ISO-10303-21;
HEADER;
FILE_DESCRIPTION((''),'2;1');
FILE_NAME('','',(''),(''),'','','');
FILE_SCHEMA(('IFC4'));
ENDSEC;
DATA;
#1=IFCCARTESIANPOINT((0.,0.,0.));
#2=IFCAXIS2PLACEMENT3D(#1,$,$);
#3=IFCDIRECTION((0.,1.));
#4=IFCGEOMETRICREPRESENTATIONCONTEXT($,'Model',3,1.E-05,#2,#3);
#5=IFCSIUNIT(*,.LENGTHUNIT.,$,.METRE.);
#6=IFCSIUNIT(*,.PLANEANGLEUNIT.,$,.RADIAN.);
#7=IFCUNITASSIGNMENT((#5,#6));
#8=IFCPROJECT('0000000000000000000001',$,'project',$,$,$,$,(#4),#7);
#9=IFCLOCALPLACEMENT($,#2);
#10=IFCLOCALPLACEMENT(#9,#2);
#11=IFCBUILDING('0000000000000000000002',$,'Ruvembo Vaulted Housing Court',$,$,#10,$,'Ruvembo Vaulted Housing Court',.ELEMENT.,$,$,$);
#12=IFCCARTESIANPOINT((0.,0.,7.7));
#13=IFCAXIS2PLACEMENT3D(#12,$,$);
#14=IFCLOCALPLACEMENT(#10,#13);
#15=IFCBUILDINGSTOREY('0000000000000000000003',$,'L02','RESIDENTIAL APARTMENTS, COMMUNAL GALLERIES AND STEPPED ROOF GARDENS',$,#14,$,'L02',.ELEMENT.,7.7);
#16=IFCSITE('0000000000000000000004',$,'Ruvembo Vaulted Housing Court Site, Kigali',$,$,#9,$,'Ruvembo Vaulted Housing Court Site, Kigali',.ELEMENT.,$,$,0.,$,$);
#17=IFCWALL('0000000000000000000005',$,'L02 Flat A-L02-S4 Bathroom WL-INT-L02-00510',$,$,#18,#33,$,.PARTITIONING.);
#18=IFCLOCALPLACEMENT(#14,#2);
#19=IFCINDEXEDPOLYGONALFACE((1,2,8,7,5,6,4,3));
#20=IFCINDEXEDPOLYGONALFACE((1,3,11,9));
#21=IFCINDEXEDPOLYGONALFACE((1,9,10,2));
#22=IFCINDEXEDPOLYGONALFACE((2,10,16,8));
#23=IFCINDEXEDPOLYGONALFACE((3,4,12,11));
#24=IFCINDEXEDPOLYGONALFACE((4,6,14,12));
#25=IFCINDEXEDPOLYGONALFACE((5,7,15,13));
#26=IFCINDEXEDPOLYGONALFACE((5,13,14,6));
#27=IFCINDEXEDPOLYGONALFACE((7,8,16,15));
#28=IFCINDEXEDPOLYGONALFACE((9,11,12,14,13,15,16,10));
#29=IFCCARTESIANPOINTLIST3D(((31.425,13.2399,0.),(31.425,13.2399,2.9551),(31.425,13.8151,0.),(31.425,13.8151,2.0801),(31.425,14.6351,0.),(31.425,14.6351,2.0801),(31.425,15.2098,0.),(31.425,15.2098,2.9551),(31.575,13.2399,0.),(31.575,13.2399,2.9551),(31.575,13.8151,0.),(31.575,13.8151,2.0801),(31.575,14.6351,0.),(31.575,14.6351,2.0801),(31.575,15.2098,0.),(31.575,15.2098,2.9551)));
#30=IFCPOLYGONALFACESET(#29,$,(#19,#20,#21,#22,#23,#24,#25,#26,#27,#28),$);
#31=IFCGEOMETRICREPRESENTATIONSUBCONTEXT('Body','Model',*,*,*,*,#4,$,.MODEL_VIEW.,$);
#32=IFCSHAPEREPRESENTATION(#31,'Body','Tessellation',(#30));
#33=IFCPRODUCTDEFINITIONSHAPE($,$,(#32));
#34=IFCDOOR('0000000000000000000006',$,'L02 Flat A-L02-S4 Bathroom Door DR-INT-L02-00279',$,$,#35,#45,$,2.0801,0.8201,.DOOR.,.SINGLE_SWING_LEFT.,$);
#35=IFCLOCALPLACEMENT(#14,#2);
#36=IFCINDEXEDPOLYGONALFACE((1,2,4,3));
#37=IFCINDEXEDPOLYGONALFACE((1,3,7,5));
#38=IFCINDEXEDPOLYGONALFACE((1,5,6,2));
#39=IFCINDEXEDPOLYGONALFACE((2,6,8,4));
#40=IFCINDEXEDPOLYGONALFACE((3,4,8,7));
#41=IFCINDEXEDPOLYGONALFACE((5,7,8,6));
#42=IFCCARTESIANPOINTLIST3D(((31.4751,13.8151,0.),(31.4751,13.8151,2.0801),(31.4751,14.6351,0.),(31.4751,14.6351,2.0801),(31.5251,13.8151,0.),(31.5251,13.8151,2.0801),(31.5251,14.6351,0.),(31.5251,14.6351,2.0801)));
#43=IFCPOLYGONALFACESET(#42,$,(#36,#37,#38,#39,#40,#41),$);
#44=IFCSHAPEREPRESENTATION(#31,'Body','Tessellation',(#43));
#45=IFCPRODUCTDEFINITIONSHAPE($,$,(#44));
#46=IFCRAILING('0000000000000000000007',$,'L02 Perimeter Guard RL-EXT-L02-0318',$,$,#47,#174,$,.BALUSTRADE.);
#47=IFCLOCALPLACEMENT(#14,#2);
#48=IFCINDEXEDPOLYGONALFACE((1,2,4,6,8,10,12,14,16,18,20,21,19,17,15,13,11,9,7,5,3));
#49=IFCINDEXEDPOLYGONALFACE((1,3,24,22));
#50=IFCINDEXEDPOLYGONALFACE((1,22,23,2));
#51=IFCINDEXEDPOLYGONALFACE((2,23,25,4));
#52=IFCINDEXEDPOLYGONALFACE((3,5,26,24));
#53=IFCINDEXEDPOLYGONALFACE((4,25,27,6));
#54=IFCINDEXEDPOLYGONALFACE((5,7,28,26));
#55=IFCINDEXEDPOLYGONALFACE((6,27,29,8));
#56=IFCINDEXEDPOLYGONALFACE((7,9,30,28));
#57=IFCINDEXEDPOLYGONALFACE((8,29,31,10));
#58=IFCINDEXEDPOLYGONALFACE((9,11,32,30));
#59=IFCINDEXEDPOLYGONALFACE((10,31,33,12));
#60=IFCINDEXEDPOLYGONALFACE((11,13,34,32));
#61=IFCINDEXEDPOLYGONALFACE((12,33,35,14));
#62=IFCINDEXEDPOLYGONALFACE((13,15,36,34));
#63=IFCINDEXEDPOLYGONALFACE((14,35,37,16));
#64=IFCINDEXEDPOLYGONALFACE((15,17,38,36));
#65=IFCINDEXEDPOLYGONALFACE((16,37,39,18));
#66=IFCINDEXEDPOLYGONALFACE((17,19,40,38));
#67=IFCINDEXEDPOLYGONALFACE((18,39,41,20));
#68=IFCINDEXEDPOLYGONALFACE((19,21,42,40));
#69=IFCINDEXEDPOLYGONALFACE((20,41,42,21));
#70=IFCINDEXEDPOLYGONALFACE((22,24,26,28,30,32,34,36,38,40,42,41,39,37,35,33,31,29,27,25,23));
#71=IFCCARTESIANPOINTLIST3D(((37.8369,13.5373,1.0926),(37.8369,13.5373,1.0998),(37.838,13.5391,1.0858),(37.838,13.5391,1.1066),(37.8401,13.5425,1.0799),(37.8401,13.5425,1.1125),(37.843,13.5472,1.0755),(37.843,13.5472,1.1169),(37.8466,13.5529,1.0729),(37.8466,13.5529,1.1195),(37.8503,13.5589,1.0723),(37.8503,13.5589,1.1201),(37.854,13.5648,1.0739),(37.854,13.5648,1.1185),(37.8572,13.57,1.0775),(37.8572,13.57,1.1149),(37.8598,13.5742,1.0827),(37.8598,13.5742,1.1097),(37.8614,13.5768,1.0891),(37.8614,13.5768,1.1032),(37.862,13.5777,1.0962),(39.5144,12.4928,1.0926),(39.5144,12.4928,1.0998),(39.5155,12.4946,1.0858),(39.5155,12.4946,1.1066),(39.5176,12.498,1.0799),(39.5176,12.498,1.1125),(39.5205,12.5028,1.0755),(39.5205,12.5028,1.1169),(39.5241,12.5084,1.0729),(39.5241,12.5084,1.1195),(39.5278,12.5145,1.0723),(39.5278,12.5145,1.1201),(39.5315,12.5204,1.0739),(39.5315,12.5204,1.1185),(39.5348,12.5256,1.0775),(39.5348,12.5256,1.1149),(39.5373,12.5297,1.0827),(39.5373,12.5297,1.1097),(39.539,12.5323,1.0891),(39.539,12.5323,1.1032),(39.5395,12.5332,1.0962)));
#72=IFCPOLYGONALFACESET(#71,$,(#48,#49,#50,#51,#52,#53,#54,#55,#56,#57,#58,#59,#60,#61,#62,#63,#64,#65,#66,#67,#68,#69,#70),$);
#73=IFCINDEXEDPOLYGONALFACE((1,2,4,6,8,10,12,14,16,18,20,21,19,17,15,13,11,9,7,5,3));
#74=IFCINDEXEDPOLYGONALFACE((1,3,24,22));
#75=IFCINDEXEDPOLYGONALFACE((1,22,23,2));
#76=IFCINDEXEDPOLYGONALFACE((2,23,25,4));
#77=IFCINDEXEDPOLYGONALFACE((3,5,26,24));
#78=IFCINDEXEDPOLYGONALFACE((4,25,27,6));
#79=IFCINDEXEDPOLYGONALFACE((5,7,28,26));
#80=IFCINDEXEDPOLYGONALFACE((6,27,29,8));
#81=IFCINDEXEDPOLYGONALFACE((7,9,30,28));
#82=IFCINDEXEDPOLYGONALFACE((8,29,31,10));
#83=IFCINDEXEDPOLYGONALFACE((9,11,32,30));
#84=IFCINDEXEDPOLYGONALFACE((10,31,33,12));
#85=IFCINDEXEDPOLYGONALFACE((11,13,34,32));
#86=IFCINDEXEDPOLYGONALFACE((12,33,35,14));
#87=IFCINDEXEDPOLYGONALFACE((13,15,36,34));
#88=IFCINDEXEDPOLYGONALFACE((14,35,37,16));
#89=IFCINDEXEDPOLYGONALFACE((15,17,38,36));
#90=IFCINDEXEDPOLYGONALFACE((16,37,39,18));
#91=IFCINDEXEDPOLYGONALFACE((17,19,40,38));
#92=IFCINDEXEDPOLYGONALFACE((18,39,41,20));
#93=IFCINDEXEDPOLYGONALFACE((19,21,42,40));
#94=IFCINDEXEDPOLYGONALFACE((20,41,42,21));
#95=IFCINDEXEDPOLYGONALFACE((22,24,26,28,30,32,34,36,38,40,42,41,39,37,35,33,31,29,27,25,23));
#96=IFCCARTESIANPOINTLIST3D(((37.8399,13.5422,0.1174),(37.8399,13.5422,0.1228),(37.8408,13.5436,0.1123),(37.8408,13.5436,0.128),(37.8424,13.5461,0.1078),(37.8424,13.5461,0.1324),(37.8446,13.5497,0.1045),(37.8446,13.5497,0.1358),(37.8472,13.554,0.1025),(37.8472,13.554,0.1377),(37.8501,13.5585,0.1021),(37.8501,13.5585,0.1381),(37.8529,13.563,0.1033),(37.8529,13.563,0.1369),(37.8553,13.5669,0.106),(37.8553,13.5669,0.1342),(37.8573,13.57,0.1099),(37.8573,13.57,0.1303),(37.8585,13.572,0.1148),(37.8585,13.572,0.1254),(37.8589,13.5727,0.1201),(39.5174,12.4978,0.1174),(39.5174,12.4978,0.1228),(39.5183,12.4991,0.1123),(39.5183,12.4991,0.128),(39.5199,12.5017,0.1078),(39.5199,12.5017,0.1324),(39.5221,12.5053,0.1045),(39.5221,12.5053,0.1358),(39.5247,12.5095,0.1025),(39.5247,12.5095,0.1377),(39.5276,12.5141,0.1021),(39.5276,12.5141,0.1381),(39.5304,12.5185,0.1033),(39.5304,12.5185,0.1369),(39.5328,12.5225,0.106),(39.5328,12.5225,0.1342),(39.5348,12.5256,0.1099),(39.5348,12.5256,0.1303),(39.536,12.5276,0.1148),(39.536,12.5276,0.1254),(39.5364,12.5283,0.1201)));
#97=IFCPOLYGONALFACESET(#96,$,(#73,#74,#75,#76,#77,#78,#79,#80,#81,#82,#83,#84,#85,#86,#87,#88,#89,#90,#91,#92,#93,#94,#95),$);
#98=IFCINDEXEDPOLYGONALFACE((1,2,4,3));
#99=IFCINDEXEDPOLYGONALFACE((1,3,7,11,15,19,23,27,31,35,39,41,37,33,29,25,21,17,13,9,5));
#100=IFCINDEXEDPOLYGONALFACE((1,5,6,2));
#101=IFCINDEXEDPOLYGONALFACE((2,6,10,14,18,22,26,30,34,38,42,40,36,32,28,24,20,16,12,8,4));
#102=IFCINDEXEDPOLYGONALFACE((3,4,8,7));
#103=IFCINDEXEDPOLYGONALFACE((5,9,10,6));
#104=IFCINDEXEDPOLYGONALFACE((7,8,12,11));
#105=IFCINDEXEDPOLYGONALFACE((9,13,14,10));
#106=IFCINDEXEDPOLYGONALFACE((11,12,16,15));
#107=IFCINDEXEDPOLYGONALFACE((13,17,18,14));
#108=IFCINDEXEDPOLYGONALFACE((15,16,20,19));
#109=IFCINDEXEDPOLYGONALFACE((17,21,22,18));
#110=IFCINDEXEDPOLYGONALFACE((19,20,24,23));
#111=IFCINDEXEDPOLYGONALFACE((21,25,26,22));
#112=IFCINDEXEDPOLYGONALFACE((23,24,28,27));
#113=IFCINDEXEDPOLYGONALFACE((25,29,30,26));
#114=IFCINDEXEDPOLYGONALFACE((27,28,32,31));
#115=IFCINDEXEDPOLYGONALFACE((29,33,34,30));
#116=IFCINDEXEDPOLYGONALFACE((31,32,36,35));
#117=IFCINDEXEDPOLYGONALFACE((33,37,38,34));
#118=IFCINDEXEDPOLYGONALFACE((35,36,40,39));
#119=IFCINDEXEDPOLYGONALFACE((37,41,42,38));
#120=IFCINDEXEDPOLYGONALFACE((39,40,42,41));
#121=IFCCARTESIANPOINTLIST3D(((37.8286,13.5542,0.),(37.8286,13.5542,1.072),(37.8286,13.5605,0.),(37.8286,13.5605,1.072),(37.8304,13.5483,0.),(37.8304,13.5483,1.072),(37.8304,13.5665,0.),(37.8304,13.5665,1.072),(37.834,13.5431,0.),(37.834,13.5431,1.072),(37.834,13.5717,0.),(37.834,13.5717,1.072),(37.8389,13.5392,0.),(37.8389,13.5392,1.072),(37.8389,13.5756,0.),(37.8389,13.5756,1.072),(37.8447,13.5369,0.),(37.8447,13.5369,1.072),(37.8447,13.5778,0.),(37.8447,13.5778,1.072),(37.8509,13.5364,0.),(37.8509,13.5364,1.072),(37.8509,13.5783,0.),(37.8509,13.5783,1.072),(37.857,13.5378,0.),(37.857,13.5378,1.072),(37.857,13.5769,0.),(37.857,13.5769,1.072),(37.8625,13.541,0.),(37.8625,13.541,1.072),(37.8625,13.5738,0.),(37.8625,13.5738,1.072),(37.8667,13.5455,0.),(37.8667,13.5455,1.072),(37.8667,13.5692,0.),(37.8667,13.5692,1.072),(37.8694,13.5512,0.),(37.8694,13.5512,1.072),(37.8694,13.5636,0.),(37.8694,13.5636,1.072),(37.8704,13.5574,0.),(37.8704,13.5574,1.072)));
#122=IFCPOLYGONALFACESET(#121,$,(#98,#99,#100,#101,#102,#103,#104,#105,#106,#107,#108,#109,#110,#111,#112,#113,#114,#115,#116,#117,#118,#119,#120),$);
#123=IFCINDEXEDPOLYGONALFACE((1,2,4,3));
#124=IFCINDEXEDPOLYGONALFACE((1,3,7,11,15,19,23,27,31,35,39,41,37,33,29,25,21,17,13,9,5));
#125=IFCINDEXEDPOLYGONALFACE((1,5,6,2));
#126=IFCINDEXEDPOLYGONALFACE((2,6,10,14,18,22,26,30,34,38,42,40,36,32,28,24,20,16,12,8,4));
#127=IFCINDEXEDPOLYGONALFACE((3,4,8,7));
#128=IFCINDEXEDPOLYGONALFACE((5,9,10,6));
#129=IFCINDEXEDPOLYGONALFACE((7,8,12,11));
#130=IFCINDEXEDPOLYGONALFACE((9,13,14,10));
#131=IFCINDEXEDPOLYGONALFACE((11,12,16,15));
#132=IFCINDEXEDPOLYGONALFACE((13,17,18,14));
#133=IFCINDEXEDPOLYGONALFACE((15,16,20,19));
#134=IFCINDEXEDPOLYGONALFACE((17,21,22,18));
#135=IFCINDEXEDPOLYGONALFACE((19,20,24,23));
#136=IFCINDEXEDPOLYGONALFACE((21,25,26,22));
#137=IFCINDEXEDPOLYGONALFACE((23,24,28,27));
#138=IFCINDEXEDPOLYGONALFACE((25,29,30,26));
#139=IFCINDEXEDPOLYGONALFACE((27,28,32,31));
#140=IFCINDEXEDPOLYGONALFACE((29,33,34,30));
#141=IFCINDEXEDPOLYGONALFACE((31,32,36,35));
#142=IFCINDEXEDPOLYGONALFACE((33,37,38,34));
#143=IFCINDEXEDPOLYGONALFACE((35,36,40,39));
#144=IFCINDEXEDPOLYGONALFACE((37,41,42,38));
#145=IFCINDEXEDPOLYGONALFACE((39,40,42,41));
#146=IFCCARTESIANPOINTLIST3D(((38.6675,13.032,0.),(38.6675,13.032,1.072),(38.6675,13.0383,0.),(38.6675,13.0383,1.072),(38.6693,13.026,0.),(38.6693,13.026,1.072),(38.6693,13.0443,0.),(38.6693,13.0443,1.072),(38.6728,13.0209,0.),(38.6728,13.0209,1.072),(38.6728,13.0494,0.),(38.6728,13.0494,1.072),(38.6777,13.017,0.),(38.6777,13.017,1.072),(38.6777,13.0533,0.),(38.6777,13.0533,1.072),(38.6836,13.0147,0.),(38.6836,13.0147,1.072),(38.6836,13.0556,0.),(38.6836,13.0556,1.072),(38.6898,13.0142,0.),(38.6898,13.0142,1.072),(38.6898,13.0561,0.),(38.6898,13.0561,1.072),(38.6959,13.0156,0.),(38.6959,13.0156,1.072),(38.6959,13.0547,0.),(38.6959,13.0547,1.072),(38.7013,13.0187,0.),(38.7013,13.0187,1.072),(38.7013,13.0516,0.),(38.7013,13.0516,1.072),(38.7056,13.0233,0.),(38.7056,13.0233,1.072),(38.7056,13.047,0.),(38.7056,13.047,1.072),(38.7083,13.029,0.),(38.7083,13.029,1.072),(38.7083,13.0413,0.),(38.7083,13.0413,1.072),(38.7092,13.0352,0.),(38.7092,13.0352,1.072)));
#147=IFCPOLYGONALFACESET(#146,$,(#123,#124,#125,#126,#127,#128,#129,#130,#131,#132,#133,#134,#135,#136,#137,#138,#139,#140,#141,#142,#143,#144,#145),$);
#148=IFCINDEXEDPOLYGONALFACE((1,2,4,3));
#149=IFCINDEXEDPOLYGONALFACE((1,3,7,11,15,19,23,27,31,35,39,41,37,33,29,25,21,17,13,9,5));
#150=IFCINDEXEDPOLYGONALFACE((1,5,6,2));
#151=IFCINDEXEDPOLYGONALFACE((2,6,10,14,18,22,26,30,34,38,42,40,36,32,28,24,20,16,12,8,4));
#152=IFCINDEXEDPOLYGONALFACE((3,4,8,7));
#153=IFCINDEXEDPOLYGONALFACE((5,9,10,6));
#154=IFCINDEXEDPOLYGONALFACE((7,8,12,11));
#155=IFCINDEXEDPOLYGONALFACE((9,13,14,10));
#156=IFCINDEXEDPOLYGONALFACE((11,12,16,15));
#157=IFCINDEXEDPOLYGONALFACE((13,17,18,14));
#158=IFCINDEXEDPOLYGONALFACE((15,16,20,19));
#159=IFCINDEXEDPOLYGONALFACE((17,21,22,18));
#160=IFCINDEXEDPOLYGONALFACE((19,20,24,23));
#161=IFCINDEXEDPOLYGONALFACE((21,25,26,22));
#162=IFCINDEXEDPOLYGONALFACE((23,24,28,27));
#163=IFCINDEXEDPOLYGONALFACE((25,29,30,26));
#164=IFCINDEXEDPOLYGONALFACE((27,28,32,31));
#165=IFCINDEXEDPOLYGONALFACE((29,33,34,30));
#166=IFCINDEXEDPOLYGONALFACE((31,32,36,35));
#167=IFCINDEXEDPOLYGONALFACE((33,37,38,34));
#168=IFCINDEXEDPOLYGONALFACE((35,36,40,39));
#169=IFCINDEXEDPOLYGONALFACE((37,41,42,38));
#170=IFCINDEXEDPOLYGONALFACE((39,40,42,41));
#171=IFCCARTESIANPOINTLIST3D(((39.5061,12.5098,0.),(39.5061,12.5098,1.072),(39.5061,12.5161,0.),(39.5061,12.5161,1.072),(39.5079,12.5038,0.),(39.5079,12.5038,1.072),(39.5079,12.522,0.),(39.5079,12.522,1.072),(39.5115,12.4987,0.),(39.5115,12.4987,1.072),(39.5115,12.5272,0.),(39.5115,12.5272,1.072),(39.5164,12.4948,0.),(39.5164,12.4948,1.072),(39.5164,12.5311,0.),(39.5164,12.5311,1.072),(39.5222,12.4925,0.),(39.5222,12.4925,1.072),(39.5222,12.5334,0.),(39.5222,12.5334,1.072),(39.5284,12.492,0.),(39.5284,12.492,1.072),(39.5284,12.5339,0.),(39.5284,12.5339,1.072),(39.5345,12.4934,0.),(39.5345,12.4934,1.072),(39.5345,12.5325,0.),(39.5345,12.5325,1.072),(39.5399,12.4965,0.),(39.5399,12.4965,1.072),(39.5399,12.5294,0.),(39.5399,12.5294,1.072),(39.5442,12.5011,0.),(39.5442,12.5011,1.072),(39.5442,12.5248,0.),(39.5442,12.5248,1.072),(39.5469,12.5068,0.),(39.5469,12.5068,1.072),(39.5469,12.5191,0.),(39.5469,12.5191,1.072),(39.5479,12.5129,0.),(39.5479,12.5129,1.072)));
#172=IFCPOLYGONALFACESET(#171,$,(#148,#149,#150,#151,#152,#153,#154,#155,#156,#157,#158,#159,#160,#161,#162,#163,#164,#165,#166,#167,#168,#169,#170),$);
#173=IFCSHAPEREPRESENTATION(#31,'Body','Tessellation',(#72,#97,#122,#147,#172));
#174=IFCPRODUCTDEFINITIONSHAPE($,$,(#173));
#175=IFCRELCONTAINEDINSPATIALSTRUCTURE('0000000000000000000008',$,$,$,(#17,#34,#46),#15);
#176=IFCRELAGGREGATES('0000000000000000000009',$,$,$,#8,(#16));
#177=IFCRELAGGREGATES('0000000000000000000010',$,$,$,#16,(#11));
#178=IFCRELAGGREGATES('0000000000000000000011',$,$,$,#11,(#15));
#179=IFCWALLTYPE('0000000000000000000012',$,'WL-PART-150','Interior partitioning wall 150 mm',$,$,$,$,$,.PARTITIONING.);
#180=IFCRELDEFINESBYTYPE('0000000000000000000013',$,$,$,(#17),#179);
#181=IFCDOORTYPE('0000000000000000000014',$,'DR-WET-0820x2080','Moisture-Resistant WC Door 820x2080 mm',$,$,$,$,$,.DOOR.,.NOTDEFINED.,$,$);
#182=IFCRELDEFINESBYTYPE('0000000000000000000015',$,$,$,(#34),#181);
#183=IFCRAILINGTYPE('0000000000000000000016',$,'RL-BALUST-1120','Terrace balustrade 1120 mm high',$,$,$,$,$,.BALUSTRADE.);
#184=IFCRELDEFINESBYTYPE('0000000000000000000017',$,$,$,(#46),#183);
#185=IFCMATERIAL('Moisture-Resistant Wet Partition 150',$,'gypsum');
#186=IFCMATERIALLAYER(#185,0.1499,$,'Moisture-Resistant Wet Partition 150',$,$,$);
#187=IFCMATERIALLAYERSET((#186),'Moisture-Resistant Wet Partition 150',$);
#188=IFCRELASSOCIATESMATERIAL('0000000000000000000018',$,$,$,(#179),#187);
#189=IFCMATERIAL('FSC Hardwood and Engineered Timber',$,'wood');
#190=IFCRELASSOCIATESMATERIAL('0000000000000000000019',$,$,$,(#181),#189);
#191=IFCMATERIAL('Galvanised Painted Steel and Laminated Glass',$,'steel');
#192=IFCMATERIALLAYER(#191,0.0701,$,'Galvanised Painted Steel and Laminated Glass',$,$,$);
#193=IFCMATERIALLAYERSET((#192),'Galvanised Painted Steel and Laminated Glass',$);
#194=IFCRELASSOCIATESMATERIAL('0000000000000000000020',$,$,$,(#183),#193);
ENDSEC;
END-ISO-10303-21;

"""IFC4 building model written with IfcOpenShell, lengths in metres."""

from ifc_helpers import new_model, si_unit, direction, frame, frame_2d, origin, origin_2d, place, context, subcontext, project, spatial, rectangle, circle, extrude, material, layer, layer_set, type_object, element, fill, save


model = new_model("IFC4")

# Units and contexts
model_context = context("Model", 3, precision=1e-05, world=origin(), true_north=direction((0.0, 1.0)))
body_context = subcontext(model_context, "Body", "Model", "MODEL_VIEW")
ifc_project = project(units=[si_unit("LENGTHUNIT", "METRE"), si_unit("PLANEANGLEUNIT", "RADIAN")], contexts=[model_context])

# Site, building, storey
site_placement = place(None, origin())
site = spatial("IfcSite", under=ifc_project, at=site_placement, Name="Ruvembo Vaulted Housing Court Site, Kigali", LongName="Ruvembo Vaulted Housing Court Site, Kigali", CompositionType="ELEMENT", RefElevation=0.0)
building_placement = place(site_placement, origin())
building = spatial("IfcBuilding", under=site, at=building_placement, Name="Ruvembo Vaulted Housing Court", LongName="Ruvembo Vaulted Housing Court", CompositionType="ELEMENT")
storey_placement = place(building_placement, frame((0.0, 0.0, 7.7)))
storey = spatial("IfcBuildingStorey", under=building, at=storey_placement, Name="L02", Description="RESIDENTIAL APARTMENTS, COMMUNAL GALLERIES AND STEPPED ROOF GARDENS", LongName="L02", CompositionType="ELEMENT", Elevation=7.7)

# Shared definitions
ifc_material_1 = material(Name="FSC Hardwood and Engineered Timber", Category="wood")

# Wall, opening, door
ifc_material_2 = material(Name="Moisture-Resistant Wet Partition 150", Category="gypsum")
ifc_layer_1 = layer(ifc_material_2, 0.1499, Name="Moisture-Resistant Wet Partition 150")
ifc_layer_set_1 = layer_set([ifc_layer_1], Name="Moisture-Resistant Wet Partition 150")
wall_type_1 = type_object("IfcWallType", Name="WL-PART-150", Description="Interior partitioning wall 150 mm", PredefinedType="PARTITIONING", material=ifc_layer_set_1)
wall_1_placement = place(storey_placement, frame((31.5, 13.24, 0.0), z_axis=(0.0, 0.0, 1.0), x_axis=(0.0, 1.0, 0.0)))
wall_1 = element("IfcWall", 1, at=wall_1_placement, inside=storey, type_object=wall_type_1, Name="L02 Flat A-L02-S4 Bathroom WL-INT-L02-00510", PredefinedType="PARTITIONING", context=body_context, shape_type="SweptSolid", body=[
    extrude(rectangle(XDim=1.97, YDim=0.1499, at=frame_2d((0.9849, 0.0))), origin(), (0.0, 0.0, 1.0), 2.9551),
])
opening_1_placement = place(wall_1_placement, frame((0.575, 0.0, 0.0)))
opening_1 = element("IfcOpeningElement", 2, at=opening_1_placement, cuts=wall_1, PredefinedType="OPENING", context=body_context, shape_type="SweptSolid", body=[
    extrude(rectangle(XDim=0.8201, YDim=2.0801, at=frame_2d((0.4102, 1.04))), frame((0.0, 0.085, 0.0), z_axis=(0.0, -1.0, 0.0), x_axis=(1.0, 0.0, 0.0)), (0.0, 0.0, 1.0), 0.1699),
])
door_type_1 = type_object("IfcDoorType", Name="DR-WET-0820x2080", Description="Moisture-Resistant WC Door 820x2080 mm", OperationType="NOTDEFINED", PredefinedType="DOOR", material=ifc_material_1)
door_1_placement = place(opening_1_placement, origin())
door_1 = element("IfcDoor", 3, at=door_1_placement, inside=storey, type_object=door_type_1, Name="L02 Flat A-L02-S4 Bathroom Door DR-INT-L02-00279", OperationType="SINGLE_SWING_LEFT", OverallHeight=2.0801, OverallWidth=0.8201, PredefinedType="DOOR", context=body_context, shape_type="SweptSolid", body=[
    extrude(rectangle(XDim=0.8201, YDim=2.0801, at=frame_2d((0.4102, 1.04))), frame((0.0, 0.0249, 0.0), z_axis=(0.0, -1.0, 0.0), x_axis=(1.0, 0.0, 0.0)), (0.0, 0.0, 1.0), 0.05),
])
fill(opening_1, door_1)

# Railing
ifc_material_3 = material(Name="Galvanised Painted Steel and Laminated Glass", Category="steel")
ifc_layer_2 = layer(ifc_material_3, 0.0701, Name="Galvanised Painted Steel and Laminated Glass")
ifc_layer_set_2 = layer_set([ifc_layer_2], Name="Galvanised Painted Steel and Laminated Glass")
railing_type_1 = type_object("IfcRailingType", Name="RL-BALUST-1120", Description="Terrace balustrade 1120 mm high", PredefinedType="BALUSTRADE", material=ifc_layer_set_2)
railing_1_placement = place(storey_placement, frame((37.8494, 13.5574, 0.0)))
element("IfcRailing", 4, at=railing_1_placement, inside=storey, type_object=railing_type_1, Name="L02 Perimeter Guard RL-EXT-L02-0318", PredefinedType="BALUSTRADE", context=body_context, shape_type="SweptSolid", body=[
    extrude(circle(Radius=0.0239, at=origin_2d()), frame((0.0, 0.0, 1.0962), z_axis=(0.848906, -0.528543, 0.0), x_axis=(0.528543, 0.848906, 0.0)), (0.0, 0.0, 1.0), 1.9761),
    extrude(circle(Radius=0.0181, at=origin_2d()), frame((0.0, 0.0, 0.1201), z_axis=(0.848906, -0.528543, 0.0), x_axis=(0.528543, 0.848906, 0.0)), (0.0, 0.0, 1.0), 1.9761),
    extrude(circle(Radius=0.021, at=origin_2d()), origin(), (0.0, 0.0, 1.0), 1.072),
    extrude(circle(Radius=0.021, at=origin_2d()), frame((0.8389, -0.5222, 0.0)), (0.0, 0.0, 1.0), 1.072),
    extrude(circle(Radius=0.021, at=origin_2d()), frame((1.6775, -1.0444, 0.0)), (0.0, 0.0, 1.0), 1.072),
])

save(model, "model.ifc")
